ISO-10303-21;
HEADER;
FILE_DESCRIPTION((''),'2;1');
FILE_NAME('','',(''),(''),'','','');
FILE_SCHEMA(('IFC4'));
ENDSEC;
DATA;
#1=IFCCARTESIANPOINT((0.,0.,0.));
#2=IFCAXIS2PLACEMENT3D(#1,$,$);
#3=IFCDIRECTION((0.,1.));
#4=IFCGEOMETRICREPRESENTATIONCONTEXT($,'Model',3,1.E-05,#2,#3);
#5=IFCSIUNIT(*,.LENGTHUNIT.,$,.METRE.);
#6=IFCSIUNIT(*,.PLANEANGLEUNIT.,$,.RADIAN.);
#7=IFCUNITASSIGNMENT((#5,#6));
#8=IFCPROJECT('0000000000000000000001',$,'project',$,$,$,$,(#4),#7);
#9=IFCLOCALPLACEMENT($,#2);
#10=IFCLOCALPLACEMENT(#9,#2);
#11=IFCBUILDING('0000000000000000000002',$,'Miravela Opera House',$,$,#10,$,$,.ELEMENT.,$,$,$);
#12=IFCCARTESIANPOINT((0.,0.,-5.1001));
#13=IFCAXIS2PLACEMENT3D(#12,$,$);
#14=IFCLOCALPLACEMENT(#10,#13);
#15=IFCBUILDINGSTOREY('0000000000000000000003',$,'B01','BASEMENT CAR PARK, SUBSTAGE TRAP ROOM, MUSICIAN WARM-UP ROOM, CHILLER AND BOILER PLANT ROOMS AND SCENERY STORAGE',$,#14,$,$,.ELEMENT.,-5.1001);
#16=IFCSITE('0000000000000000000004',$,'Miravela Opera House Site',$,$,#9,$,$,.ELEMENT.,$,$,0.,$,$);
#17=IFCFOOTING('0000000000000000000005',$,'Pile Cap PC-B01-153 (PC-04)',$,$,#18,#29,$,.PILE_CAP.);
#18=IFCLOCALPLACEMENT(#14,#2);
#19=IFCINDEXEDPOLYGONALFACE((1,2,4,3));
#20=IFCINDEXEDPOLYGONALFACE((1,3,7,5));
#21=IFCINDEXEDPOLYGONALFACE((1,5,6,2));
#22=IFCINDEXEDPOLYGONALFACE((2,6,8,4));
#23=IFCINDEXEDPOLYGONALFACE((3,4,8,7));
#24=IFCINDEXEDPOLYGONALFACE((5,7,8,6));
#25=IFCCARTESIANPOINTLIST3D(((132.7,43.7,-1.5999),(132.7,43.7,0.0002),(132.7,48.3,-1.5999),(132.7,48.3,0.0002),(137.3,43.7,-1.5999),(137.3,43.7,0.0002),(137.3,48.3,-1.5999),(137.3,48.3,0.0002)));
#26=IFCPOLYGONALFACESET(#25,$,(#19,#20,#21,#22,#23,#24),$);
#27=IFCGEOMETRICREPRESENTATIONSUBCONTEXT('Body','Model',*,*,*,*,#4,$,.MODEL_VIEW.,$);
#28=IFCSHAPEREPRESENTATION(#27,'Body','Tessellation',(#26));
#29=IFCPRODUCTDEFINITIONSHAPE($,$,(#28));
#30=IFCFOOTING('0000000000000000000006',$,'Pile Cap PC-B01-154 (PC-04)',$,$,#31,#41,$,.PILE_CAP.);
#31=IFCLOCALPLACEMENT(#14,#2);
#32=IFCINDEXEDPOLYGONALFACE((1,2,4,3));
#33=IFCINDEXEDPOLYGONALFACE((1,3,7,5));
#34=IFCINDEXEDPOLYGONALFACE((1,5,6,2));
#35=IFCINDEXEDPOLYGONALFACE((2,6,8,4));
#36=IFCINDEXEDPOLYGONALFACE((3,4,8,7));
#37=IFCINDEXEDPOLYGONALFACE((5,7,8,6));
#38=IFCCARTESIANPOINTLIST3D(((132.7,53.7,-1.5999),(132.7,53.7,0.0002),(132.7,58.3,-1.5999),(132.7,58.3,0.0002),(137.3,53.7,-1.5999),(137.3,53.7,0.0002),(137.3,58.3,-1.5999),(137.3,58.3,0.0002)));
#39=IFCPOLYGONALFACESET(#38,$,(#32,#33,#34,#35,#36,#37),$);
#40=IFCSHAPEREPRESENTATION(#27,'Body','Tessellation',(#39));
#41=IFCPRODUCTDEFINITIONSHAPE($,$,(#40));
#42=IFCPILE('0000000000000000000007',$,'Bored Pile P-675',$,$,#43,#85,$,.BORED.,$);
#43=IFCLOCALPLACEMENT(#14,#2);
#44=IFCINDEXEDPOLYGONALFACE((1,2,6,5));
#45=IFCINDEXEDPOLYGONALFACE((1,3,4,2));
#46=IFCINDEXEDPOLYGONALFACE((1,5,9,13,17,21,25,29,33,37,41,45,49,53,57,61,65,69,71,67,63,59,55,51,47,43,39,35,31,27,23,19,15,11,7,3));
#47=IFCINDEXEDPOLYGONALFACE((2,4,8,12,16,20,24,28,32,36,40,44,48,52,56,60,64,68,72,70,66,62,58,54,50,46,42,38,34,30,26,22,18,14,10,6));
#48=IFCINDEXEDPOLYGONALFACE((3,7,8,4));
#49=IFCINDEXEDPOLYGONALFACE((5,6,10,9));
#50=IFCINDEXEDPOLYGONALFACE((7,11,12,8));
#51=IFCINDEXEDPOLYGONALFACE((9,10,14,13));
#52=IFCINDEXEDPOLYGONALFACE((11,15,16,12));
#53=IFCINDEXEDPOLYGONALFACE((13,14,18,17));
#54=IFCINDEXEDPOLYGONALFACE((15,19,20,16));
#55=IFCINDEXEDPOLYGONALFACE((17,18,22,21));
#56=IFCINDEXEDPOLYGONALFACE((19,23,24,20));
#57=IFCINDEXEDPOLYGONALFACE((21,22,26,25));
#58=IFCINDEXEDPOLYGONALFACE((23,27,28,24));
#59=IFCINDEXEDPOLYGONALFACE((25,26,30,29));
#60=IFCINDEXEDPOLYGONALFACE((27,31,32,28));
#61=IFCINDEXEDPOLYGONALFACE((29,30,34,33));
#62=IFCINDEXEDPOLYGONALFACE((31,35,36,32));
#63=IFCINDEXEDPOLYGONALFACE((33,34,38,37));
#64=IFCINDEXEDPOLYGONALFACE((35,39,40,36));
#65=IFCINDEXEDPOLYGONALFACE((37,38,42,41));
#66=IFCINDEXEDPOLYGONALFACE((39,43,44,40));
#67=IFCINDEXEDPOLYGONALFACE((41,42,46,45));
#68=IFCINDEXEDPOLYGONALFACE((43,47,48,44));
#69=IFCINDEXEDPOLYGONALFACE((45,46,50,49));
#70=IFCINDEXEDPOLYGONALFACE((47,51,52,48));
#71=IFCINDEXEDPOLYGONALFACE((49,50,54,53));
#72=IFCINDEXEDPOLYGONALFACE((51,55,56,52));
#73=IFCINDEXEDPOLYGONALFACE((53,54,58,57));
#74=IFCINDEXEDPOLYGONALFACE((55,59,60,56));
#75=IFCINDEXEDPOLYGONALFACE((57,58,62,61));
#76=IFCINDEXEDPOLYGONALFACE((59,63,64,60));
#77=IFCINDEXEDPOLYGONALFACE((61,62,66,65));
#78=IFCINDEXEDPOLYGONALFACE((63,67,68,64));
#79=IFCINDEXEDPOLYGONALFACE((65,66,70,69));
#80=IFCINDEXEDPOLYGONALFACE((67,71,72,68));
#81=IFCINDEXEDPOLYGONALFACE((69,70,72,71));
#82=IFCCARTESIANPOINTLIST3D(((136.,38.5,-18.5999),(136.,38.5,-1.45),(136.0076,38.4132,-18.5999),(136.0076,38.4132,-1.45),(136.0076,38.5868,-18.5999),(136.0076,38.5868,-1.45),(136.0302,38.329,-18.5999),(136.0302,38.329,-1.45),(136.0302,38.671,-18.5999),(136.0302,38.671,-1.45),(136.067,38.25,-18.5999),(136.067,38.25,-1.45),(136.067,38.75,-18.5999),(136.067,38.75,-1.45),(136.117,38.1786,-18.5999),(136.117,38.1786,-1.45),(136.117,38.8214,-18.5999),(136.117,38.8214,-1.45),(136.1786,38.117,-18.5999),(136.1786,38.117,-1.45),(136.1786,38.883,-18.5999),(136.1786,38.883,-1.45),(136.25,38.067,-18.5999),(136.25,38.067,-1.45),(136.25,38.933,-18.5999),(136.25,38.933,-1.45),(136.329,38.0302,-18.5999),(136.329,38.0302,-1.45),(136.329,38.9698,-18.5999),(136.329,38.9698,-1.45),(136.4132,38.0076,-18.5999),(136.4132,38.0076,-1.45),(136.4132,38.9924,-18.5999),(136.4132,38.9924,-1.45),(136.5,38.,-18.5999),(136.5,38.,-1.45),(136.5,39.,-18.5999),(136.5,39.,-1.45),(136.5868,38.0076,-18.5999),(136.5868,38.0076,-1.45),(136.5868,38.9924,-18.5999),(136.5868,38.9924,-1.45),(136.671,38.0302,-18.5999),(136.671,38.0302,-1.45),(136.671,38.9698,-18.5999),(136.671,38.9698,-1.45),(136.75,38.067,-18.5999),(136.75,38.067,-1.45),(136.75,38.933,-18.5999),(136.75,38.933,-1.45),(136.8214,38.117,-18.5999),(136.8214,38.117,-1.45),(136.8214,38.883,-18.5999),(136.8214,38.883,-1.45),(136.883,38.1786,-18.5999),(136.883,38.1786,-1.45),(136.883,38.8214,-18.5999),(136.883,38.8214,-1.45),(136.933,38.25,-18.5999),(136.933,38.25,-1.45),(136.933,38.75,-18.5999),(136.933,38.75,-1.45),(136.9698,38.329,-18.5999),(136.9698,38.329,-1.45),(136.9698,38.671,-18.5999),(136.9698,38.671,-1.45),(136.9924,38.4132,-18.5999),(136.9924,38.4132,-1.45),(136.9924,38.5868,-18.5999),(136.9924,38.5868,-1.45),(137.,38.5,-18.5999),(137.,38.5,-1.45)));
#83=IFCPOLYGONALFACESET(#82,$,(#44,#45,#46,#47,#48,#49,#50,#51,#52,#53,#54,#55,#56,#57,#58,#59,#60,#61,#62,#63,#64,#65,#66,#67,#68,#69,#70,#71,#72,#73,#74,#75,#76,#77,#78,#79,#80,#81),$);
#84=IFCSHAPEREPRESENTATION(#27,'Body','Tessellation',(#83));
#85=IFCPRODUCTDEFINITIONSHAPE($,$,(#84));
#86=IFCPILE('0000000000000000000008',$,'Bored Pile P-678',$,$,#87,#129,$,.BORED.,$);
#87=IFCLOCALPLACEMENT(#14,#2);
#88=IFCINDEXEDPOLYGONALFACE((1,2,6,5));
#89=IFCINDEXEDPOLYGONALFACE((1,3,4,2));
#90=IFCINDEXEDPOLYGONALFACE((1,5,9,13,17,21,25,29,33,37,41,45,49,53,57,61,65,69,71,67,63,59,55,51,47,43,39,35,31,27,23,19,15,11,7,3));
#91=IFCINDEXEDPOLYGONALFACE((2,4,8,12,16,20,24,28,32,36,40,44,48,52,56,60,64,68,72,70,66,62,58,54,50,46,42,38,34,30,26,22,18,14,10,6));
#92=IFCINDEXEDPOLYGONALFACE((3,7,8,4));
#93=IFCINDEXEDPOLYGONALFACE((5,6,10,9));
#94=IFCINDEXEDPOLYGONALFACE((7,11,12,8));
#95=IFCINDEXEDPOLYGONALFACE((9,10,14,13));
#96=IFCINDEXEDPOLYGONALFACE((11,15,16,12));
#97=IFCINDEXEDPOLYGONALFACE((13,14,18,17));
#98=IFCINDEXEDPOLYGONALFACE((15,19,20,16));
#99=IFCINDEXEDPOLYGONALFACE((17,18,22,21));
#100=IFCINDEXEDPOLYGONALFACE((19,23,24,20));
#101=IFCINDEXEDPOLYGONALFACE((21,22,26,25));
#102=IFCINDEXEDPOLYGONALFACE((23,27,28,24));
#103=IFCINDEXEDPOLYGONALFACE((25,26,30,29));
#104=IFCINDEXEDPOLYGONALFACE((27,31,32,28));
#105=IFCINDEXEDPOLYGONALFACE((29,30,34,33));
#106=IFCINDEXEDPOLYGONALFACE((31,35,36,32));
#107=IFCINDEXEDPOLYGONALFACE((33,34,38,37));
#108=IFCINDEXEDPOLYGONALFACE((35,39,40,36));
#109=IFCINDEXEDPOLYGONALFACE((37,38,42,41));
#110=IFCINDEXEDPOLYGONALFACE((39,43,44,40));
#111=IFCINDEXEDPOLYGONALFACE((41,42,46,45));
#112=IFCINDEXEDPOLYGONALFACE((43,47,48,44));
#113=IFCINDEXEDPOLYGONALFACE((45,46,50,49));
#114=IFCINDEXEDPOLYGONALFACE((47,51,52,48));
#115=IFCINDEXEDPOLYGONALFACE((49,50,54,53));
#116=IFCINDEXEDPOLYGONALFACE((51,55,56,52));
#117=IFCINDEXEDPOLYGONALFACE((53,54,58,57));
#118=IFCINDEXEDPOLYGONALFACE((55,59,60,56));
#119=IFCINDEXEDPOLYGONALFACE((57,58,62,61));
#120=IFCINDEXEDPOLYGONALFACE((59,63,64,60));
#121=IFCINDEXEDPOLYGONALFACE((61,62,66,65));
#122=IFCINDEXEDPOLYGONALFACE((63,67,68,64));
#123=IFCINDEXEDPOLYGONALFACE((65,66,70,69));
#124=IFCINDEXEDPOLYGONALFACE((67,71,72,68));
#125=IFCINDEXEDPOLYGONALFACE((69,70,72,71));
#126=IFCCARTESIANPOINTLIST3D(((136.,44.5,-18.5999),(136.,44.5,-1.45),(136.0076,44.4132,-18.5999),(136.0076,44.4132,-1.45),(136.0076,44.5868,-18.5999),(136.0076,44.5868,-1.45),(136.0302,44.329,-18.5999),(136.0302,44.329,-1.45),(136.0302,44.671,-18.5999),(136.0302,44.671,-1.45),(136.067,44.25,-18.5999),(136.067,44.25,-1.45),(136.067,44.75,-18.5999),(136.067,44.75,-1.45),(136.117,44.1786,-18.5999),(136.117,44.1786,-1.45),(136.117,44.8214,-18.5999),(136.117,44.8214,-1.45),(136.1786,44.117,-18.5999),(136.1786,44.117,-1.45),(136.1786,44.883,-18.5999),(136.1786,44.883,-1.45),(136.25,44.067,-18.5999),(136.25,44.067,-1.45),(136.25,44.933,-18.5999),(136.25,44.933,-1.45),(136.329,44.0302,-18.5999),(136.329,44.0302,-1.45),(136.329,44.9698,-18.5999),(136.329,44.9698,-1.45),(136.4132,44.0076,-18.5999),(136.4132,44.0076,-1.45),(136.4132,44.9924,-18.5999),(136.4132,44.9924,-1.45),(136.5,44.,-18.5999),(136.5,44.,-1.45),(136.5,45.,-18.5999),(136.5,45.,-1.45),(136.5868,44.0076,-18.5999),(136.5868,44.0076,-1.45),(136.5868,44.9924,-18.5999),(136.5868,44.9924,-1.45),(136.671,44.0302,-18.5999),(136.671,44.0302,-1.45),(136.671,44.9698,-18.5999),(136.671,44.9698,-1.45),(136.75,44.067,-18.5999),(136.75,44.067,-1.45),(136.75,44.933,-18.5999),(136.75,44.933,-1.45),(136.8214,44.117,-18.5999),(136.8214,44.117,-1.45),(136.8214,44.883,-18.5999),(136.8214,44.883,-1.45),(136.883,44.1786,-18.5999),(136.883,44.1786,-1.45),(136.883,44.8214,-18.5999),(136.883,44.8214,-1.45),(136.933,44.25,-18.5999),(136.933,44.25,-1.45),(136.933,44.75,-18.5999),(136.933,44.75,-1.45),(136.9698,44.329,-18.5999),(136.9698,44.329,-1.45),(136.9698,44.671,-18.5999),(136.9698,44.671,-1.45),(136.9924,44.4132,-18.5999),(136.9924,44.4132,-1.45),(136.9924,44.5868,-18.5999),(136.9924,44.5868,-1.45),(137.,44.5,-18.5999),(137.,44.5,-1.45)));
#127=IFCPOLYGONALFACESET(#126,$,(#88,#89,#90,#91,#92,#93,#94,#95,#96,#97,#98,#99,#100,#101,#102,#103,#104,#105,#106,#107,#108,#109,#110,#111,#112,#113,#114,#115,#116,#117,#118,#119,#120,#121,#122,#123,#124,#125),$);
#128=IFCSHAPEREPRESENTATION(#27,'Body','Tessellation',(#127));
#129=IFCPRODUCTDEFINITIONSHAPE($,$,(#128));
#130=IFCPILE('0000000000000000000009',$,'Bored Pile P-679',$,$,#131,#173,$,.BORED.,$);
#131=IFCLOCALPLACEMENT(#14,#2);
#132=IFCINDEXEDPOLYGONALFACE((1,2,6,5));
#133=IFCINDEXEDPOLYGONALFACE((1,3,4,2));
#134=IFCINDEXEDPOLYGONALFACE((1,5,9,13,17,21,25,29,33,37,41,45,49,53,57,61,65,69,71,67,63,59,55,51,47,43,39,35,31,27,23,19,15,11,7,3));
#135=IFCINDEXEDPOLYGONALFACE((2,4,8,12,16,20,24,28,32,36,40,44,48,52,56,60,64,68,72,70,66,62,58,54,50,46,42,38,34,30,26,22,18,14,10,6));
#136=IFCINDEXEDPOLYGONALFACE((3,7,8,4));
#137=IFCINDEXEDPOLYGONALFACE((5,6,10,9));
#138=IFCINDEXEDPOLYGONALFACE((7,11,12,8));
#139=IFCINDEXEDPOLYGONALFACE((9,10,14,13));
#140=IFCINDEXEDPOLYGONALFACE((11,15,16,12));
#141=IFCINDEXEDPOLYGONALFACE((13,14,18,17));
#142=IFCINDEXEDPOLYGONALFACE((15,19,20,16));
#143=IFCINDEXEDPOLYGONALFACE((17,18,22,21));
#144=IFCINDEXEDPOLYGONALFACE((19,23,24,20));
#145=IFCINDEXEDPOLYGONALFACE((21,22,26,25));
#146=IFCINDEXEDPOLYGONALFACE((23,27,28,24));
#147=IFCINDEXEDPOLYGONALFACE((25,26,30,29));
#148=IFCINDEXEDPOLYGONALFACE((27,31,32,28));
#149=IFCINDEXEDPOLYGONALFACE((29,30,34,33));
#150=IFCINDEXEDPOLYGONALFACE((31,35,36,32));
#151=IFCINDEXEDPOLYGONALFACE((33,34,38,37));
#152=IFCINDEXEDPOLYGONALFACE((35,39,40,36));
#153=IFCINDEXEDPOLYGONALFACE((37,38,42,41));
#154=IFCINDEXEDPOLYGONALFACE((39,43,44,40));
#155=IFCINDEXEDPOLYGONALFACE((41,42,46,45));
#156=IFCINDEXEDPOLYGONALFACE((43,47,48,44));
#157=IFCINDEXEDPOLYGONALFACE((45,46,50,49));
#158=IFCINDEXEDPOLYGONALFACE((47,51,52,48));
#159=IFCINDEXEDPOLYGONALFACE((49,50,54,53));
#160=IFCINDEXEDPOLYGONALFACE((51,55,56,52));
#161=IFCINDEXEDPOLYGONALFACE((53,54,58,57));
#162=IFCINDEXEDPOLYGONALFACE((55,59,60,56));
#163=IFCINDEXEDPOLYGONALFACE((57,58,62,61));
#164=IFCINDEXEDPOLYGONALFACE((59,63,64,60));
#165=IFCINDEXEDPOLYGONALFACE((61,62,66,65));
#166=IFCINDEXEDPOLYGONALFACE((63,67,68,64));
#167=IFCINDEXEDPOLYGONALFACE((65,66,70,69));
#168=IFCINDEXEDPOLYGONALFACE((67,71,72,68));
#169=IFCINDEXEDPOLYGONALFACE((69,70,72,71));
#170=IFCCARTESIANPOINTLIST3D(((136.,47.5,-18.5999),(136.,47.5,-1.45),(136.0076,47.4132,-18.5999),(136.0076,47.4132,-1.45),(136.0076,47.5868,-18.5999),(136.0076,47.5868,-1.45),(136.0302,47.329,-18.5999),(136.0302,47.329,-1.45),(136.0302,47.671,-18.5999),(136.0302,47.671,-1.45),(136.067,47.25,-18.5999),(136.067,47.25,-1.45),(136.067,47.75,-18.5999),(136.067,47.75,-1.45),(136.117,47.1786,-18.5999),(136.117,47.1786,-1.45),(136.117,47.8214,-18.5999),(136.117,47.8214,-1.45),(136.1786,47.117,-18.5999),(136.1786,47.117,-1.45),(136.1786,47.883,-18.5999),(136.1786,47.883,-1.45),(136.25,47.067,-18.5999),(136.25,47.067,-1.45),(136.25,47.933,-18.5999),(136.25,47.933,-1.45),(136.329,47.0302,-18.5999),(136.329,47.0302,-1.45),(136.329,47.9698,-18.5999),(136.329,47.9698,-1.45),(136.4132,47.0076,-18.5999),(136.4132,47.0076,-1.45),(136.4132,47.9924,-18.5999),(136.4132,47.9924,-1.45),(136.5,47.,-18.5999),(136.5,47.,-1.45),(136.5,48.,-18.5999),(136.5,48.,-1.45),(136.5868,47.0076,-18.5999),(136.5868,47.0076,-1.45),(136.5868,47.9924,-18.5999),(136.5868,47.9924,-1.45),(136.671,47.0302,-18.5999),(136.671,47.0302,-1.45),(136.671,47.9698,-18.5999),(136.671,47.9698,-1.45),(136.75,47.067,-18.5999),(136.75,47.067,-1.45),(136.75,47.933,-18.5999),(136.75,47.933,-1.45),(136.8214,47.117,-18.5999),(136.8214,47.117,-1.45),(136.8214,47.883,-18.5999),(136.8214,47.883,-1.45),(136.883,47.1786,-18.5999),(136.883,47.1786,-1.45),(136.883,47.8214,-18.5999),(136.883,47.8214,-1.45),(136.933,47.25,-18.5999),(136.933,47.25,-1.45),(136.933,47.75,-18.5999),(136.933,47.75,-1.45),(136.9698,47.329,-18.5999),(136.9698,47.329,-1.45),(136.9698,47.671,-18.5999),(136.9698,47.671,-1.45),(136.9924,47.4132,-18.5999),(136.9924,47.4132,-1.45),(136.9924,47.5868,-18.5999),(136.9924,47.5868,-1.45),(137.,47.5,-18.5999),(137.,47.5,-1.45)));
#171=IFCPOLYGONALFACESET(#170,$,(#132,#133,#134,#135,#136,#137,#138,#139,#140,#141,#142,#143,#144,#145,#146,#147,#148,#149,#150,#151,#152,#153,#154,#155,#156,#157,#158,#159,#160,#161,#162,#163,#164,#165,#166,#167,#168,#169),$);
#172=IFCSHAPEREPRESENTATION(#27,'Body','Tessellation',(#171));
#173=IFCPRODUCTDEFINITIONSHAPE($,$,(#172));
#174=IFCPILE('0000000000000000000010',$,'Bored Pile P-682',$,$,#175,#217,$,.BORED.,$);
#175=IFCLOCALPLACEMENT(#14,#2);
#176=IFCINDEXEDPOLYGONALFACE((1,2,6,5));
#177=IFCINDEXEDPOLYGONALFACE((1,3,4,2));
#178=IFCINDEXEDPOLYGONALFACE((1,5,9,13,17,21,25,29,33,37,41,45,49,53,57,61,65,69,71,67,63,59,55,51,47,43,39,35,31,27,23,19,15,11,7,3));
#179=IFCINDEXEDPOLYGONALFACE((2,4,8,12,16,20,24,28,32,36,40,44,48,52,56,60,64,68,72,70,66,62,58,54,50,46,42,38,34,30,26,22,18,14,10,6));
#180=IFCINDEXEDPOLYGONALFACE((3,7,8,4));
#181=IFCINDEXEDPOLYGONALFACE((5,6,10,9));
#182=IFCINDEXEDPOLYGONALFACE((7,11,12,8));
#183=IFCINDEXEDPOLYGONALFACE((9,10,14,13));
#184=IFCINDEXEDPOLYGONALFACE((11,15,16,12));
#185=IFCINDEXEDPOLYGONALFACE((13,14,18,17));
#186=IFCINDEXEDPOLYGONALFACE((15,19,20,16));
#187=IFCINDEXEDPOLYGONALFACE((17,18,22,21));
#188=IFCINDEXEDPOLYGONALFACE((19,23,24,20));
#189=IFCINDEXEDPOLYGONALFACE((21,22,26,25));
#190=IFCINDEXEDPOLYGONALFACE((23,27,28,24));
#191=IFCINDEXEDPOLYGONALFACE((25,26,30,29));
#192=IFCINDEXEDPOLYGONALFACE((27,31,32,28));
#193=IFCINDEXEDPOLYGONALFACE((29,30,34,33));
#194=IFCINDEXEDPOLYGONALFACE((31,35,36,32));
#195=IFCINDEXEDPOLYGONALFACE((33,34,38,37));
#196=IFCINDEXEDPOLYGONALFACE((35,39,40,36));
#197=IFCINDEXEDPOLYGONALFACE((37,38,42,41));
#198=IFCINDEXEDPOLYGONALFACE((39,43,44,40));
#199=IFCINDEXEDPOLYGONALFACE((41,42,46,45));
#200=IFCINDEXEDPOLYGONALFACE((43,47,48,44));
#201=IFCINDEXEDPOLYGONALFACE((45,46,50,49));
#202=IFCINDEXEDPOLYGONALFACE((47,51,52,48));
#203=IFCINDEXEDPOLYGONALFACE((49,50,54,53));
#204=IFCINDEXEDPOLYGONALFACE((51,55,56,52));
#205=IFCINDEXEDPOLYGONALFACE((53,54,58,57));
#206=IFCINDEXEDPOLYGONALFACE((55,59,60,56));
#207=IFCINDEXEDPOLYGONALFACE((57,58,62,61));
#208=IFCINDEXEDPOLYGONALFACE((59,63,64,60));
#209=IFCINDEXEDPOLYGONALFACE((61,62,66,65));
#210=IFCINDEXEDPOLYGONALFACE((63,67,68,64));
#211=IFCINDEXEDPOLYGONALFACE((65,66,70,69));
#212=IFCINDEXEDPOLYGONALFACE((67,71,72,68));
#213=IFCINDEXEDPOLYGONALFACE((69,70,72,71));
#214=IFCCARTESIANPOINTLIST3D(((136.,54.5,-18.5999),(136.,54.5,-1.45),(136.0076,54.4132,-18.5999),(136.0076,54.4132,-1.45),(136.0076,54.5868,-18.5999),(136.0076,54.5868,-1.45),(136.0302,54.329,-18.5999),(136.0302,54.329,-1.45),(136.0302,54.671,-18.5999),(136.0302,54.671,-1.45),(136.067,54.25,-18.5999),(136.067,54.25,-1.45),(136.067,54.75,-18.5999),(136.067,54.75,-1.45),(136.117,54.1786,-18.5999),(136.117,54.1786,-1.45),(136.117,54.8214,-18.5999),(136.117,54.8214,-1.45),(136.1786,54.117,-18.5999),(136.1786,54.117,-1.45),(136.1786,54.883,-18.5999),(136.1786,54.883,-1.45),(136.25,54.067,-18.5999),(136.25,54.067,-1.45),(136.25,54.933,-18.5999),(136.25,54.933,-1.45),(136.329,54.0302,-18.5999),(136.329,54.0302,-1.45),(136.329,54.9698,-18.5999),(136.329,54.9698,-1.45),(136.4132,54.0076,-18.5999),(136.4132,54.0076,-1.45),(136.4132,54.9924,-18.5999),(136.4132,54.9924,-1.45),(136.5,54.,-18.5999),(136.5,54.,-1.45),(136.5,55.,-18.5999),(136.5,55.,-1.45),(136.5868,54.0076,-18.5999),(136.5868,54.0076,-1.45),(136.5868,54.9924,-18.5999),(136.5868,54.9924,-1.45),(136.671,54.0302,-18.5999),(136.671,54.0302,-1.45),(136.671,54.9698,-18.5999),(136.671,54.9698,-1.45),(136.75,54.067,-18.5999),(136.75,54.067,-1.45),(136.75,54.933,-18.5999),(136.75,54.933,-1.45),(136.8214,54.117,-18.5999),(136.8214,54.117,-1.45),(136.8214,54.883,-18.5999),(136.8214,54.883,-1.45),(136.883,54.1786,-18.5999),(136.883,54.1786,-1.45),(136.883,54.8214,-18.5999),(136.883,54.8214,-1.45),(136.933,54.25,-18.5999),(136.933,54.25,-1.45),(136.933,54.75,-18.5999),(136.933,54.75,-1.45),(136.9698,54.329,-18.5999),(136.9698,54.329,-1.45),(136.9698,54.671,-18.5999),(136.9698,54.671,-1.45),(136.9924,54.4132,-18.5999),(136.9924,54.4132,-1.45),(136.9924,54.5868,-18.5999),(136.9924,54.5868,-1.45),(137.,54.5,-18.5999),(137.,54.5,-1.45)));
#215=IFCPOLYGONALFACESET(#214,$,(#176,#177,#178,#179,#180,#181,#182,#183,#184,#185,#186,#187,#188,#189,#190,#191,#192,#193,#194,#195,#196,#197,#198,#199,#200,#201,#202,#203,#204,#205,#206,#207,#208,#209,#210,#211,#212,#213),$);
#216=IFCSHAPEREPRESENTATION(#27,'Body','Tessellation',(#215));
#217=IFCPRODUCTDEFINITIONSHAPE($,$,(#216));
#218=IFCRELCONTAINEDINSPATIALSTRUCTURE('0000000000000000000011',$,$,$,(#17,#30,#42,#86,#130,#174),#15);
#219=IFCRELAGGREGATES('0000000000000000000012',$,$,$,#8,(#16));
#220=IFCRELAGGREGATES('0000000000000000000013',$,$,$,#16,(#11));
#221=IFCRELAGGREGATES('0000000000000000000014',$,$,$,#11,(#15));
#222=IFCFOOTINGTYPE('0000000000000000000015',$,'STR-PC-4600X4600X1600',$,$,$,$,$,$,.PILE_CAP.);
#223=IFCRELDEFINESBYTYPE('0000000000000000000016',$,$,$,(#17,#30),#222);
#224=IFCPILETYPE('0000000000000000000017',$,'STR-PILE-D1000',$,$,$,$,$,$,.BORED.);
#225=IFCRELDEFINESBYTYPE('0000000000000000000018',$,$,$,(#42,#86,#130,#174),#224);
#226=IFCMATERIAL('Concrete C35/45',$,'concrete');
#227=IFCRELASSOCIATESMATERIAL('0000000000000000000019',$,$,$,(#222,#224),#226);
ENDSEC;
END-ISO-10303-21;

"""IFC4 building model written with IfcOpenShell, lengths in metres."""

from ifc_helpers import new_model, si_unit, direction, frame, origin, origin_2d, place, context, subcontext, project, spatial, rectangle, circle, extrude, material, material_profile, profile_set, type_object, element, save


model = new_model("IFC4")

# Units and contexts
model_context = context("Model", 3, precision=1e-05, world=origin(), true_north=direction((0.0, 1.0)))
body_context = subcontext(model_context, "Body", "Model", "MODEL_VIEW")
ifc_project = project(units=[si_unit("LENGTHUNIT", "METRE"), si_unit("PLANEANGLEUNIT", "RADIAN")], contexts=[model_context])

# Site, building, storey
site_placement = place(None, origin())
site = spatial("IfcSite", under=ifc_project, at=site_placement, Name="Miravela Opera House Site", CompositionType="ELEMENT", RefElevation=0.0)
building_placement = place(site_placement, origin())
building = spatial("IfcBuilding", under=site, at=building_placement, Name="Miravela Opera House", CompositionType="ELEMENT")
storey_placement = place(building_placement, frame((0.0, 0.0, -5.1001)))
storey = spatial("IfcBuildingStorey", under=building, at=storey_placement, Name="B01", Description="BASEMENT CAR PARK, SUBSTAGE TRAP ROOM, MUSICIAN WARM-UP ROOM, CHILLER AND BOILER PLANT ROOMS AND SCENERY STORAGE", CompositionType="ELEMENT", Elevation=-5.1001)

# Footings
ifc_material_1 = material(Name="Concrete C35/45", Category="concrete")
footing_type = type_object("IfcFootingType", Name="STR-PC-4600X4600X1600", PredefinedType="PILE_CAP", material=ifc_material_1)
for number, where, z_axis, x_axis, name in (
    (1, (135.0, 46.0, -1.5999), (0.0, 0.0, 1.0), (1.0, 0.0, 0.0), "Pile Cap PC-B01-153 (PC-04)"),
    (2, (135.0, 56.0, -1.5999), (0.0, 0.0, 1.0), (1.0, 0.0, 0.0), "Pile Cap PC-B01-154 (PC-04)"),
):
    element("IfcFooting", number, at=place(storey_placement, frame(where, z_axis=z_axis, x_axis=x_axis)), inside=storey, type_object=footing_type, Name=name, PredefinedType="PILE_CAP", context=body_context, shape_type="SweptSolid", body=[
        extrude(rectangle(XDim=4.6001, YDim=4.6001, at=origin_2d()), origin(), (0.0, 0.0, 1.0), 1.6001),
    ])

# Piles
ifc_material_profile_1 = material_profile(ifc_material_1, circle(Radius=0.5, at=origin_2d()), Name="PILE-D1000")
ifc_profile_set_1 = profile_set([ifc_material_profile_1])
pile_type = type_object("IfcPileType", Name="STR-PILE-D1000", PredefinedType="BORED", material=ifc_profile_set_1)
for number, where, z_axis, x_axis, name in (
    (3, (136.5, 38.5, -1.45), (0.0, 0.0, -1.0), (1.0, 0.0, 0.0), "Bored Pile P-675"),
    (4, (136.5, 44.5, -1.45), (0.0, 0.0, -1.0), (1.0, 0.0, 0.0), "Bored Pile P-678"),
    (5, (136.5, 47.5, -1.45), (0.0, 0.0, -1.0), (1.0, 0.0, 0.0), "Bored Pile P-679"),
    (6, (136.5, 54.5, -1.45), (0.0, 0.0, -1.0), (1.0, 0.0, 0.0), "Bored Pile P-682"),
):
    element("IfcPile", number, at=place(storey_placement, frame(where, z_axis=z_axis, x_axis=x_axis)), inside=storey, type_object=pile_type, Name=name, PredefinedType="BORED", context=body_context, shape_type="SweptSolid", body=[
        extrude(circle(Radius=0.5, at=origin_2d()), origin(), (0.0, 0.0, 1.0), 17.1499),
    ])

save(model, "model.ifc")
